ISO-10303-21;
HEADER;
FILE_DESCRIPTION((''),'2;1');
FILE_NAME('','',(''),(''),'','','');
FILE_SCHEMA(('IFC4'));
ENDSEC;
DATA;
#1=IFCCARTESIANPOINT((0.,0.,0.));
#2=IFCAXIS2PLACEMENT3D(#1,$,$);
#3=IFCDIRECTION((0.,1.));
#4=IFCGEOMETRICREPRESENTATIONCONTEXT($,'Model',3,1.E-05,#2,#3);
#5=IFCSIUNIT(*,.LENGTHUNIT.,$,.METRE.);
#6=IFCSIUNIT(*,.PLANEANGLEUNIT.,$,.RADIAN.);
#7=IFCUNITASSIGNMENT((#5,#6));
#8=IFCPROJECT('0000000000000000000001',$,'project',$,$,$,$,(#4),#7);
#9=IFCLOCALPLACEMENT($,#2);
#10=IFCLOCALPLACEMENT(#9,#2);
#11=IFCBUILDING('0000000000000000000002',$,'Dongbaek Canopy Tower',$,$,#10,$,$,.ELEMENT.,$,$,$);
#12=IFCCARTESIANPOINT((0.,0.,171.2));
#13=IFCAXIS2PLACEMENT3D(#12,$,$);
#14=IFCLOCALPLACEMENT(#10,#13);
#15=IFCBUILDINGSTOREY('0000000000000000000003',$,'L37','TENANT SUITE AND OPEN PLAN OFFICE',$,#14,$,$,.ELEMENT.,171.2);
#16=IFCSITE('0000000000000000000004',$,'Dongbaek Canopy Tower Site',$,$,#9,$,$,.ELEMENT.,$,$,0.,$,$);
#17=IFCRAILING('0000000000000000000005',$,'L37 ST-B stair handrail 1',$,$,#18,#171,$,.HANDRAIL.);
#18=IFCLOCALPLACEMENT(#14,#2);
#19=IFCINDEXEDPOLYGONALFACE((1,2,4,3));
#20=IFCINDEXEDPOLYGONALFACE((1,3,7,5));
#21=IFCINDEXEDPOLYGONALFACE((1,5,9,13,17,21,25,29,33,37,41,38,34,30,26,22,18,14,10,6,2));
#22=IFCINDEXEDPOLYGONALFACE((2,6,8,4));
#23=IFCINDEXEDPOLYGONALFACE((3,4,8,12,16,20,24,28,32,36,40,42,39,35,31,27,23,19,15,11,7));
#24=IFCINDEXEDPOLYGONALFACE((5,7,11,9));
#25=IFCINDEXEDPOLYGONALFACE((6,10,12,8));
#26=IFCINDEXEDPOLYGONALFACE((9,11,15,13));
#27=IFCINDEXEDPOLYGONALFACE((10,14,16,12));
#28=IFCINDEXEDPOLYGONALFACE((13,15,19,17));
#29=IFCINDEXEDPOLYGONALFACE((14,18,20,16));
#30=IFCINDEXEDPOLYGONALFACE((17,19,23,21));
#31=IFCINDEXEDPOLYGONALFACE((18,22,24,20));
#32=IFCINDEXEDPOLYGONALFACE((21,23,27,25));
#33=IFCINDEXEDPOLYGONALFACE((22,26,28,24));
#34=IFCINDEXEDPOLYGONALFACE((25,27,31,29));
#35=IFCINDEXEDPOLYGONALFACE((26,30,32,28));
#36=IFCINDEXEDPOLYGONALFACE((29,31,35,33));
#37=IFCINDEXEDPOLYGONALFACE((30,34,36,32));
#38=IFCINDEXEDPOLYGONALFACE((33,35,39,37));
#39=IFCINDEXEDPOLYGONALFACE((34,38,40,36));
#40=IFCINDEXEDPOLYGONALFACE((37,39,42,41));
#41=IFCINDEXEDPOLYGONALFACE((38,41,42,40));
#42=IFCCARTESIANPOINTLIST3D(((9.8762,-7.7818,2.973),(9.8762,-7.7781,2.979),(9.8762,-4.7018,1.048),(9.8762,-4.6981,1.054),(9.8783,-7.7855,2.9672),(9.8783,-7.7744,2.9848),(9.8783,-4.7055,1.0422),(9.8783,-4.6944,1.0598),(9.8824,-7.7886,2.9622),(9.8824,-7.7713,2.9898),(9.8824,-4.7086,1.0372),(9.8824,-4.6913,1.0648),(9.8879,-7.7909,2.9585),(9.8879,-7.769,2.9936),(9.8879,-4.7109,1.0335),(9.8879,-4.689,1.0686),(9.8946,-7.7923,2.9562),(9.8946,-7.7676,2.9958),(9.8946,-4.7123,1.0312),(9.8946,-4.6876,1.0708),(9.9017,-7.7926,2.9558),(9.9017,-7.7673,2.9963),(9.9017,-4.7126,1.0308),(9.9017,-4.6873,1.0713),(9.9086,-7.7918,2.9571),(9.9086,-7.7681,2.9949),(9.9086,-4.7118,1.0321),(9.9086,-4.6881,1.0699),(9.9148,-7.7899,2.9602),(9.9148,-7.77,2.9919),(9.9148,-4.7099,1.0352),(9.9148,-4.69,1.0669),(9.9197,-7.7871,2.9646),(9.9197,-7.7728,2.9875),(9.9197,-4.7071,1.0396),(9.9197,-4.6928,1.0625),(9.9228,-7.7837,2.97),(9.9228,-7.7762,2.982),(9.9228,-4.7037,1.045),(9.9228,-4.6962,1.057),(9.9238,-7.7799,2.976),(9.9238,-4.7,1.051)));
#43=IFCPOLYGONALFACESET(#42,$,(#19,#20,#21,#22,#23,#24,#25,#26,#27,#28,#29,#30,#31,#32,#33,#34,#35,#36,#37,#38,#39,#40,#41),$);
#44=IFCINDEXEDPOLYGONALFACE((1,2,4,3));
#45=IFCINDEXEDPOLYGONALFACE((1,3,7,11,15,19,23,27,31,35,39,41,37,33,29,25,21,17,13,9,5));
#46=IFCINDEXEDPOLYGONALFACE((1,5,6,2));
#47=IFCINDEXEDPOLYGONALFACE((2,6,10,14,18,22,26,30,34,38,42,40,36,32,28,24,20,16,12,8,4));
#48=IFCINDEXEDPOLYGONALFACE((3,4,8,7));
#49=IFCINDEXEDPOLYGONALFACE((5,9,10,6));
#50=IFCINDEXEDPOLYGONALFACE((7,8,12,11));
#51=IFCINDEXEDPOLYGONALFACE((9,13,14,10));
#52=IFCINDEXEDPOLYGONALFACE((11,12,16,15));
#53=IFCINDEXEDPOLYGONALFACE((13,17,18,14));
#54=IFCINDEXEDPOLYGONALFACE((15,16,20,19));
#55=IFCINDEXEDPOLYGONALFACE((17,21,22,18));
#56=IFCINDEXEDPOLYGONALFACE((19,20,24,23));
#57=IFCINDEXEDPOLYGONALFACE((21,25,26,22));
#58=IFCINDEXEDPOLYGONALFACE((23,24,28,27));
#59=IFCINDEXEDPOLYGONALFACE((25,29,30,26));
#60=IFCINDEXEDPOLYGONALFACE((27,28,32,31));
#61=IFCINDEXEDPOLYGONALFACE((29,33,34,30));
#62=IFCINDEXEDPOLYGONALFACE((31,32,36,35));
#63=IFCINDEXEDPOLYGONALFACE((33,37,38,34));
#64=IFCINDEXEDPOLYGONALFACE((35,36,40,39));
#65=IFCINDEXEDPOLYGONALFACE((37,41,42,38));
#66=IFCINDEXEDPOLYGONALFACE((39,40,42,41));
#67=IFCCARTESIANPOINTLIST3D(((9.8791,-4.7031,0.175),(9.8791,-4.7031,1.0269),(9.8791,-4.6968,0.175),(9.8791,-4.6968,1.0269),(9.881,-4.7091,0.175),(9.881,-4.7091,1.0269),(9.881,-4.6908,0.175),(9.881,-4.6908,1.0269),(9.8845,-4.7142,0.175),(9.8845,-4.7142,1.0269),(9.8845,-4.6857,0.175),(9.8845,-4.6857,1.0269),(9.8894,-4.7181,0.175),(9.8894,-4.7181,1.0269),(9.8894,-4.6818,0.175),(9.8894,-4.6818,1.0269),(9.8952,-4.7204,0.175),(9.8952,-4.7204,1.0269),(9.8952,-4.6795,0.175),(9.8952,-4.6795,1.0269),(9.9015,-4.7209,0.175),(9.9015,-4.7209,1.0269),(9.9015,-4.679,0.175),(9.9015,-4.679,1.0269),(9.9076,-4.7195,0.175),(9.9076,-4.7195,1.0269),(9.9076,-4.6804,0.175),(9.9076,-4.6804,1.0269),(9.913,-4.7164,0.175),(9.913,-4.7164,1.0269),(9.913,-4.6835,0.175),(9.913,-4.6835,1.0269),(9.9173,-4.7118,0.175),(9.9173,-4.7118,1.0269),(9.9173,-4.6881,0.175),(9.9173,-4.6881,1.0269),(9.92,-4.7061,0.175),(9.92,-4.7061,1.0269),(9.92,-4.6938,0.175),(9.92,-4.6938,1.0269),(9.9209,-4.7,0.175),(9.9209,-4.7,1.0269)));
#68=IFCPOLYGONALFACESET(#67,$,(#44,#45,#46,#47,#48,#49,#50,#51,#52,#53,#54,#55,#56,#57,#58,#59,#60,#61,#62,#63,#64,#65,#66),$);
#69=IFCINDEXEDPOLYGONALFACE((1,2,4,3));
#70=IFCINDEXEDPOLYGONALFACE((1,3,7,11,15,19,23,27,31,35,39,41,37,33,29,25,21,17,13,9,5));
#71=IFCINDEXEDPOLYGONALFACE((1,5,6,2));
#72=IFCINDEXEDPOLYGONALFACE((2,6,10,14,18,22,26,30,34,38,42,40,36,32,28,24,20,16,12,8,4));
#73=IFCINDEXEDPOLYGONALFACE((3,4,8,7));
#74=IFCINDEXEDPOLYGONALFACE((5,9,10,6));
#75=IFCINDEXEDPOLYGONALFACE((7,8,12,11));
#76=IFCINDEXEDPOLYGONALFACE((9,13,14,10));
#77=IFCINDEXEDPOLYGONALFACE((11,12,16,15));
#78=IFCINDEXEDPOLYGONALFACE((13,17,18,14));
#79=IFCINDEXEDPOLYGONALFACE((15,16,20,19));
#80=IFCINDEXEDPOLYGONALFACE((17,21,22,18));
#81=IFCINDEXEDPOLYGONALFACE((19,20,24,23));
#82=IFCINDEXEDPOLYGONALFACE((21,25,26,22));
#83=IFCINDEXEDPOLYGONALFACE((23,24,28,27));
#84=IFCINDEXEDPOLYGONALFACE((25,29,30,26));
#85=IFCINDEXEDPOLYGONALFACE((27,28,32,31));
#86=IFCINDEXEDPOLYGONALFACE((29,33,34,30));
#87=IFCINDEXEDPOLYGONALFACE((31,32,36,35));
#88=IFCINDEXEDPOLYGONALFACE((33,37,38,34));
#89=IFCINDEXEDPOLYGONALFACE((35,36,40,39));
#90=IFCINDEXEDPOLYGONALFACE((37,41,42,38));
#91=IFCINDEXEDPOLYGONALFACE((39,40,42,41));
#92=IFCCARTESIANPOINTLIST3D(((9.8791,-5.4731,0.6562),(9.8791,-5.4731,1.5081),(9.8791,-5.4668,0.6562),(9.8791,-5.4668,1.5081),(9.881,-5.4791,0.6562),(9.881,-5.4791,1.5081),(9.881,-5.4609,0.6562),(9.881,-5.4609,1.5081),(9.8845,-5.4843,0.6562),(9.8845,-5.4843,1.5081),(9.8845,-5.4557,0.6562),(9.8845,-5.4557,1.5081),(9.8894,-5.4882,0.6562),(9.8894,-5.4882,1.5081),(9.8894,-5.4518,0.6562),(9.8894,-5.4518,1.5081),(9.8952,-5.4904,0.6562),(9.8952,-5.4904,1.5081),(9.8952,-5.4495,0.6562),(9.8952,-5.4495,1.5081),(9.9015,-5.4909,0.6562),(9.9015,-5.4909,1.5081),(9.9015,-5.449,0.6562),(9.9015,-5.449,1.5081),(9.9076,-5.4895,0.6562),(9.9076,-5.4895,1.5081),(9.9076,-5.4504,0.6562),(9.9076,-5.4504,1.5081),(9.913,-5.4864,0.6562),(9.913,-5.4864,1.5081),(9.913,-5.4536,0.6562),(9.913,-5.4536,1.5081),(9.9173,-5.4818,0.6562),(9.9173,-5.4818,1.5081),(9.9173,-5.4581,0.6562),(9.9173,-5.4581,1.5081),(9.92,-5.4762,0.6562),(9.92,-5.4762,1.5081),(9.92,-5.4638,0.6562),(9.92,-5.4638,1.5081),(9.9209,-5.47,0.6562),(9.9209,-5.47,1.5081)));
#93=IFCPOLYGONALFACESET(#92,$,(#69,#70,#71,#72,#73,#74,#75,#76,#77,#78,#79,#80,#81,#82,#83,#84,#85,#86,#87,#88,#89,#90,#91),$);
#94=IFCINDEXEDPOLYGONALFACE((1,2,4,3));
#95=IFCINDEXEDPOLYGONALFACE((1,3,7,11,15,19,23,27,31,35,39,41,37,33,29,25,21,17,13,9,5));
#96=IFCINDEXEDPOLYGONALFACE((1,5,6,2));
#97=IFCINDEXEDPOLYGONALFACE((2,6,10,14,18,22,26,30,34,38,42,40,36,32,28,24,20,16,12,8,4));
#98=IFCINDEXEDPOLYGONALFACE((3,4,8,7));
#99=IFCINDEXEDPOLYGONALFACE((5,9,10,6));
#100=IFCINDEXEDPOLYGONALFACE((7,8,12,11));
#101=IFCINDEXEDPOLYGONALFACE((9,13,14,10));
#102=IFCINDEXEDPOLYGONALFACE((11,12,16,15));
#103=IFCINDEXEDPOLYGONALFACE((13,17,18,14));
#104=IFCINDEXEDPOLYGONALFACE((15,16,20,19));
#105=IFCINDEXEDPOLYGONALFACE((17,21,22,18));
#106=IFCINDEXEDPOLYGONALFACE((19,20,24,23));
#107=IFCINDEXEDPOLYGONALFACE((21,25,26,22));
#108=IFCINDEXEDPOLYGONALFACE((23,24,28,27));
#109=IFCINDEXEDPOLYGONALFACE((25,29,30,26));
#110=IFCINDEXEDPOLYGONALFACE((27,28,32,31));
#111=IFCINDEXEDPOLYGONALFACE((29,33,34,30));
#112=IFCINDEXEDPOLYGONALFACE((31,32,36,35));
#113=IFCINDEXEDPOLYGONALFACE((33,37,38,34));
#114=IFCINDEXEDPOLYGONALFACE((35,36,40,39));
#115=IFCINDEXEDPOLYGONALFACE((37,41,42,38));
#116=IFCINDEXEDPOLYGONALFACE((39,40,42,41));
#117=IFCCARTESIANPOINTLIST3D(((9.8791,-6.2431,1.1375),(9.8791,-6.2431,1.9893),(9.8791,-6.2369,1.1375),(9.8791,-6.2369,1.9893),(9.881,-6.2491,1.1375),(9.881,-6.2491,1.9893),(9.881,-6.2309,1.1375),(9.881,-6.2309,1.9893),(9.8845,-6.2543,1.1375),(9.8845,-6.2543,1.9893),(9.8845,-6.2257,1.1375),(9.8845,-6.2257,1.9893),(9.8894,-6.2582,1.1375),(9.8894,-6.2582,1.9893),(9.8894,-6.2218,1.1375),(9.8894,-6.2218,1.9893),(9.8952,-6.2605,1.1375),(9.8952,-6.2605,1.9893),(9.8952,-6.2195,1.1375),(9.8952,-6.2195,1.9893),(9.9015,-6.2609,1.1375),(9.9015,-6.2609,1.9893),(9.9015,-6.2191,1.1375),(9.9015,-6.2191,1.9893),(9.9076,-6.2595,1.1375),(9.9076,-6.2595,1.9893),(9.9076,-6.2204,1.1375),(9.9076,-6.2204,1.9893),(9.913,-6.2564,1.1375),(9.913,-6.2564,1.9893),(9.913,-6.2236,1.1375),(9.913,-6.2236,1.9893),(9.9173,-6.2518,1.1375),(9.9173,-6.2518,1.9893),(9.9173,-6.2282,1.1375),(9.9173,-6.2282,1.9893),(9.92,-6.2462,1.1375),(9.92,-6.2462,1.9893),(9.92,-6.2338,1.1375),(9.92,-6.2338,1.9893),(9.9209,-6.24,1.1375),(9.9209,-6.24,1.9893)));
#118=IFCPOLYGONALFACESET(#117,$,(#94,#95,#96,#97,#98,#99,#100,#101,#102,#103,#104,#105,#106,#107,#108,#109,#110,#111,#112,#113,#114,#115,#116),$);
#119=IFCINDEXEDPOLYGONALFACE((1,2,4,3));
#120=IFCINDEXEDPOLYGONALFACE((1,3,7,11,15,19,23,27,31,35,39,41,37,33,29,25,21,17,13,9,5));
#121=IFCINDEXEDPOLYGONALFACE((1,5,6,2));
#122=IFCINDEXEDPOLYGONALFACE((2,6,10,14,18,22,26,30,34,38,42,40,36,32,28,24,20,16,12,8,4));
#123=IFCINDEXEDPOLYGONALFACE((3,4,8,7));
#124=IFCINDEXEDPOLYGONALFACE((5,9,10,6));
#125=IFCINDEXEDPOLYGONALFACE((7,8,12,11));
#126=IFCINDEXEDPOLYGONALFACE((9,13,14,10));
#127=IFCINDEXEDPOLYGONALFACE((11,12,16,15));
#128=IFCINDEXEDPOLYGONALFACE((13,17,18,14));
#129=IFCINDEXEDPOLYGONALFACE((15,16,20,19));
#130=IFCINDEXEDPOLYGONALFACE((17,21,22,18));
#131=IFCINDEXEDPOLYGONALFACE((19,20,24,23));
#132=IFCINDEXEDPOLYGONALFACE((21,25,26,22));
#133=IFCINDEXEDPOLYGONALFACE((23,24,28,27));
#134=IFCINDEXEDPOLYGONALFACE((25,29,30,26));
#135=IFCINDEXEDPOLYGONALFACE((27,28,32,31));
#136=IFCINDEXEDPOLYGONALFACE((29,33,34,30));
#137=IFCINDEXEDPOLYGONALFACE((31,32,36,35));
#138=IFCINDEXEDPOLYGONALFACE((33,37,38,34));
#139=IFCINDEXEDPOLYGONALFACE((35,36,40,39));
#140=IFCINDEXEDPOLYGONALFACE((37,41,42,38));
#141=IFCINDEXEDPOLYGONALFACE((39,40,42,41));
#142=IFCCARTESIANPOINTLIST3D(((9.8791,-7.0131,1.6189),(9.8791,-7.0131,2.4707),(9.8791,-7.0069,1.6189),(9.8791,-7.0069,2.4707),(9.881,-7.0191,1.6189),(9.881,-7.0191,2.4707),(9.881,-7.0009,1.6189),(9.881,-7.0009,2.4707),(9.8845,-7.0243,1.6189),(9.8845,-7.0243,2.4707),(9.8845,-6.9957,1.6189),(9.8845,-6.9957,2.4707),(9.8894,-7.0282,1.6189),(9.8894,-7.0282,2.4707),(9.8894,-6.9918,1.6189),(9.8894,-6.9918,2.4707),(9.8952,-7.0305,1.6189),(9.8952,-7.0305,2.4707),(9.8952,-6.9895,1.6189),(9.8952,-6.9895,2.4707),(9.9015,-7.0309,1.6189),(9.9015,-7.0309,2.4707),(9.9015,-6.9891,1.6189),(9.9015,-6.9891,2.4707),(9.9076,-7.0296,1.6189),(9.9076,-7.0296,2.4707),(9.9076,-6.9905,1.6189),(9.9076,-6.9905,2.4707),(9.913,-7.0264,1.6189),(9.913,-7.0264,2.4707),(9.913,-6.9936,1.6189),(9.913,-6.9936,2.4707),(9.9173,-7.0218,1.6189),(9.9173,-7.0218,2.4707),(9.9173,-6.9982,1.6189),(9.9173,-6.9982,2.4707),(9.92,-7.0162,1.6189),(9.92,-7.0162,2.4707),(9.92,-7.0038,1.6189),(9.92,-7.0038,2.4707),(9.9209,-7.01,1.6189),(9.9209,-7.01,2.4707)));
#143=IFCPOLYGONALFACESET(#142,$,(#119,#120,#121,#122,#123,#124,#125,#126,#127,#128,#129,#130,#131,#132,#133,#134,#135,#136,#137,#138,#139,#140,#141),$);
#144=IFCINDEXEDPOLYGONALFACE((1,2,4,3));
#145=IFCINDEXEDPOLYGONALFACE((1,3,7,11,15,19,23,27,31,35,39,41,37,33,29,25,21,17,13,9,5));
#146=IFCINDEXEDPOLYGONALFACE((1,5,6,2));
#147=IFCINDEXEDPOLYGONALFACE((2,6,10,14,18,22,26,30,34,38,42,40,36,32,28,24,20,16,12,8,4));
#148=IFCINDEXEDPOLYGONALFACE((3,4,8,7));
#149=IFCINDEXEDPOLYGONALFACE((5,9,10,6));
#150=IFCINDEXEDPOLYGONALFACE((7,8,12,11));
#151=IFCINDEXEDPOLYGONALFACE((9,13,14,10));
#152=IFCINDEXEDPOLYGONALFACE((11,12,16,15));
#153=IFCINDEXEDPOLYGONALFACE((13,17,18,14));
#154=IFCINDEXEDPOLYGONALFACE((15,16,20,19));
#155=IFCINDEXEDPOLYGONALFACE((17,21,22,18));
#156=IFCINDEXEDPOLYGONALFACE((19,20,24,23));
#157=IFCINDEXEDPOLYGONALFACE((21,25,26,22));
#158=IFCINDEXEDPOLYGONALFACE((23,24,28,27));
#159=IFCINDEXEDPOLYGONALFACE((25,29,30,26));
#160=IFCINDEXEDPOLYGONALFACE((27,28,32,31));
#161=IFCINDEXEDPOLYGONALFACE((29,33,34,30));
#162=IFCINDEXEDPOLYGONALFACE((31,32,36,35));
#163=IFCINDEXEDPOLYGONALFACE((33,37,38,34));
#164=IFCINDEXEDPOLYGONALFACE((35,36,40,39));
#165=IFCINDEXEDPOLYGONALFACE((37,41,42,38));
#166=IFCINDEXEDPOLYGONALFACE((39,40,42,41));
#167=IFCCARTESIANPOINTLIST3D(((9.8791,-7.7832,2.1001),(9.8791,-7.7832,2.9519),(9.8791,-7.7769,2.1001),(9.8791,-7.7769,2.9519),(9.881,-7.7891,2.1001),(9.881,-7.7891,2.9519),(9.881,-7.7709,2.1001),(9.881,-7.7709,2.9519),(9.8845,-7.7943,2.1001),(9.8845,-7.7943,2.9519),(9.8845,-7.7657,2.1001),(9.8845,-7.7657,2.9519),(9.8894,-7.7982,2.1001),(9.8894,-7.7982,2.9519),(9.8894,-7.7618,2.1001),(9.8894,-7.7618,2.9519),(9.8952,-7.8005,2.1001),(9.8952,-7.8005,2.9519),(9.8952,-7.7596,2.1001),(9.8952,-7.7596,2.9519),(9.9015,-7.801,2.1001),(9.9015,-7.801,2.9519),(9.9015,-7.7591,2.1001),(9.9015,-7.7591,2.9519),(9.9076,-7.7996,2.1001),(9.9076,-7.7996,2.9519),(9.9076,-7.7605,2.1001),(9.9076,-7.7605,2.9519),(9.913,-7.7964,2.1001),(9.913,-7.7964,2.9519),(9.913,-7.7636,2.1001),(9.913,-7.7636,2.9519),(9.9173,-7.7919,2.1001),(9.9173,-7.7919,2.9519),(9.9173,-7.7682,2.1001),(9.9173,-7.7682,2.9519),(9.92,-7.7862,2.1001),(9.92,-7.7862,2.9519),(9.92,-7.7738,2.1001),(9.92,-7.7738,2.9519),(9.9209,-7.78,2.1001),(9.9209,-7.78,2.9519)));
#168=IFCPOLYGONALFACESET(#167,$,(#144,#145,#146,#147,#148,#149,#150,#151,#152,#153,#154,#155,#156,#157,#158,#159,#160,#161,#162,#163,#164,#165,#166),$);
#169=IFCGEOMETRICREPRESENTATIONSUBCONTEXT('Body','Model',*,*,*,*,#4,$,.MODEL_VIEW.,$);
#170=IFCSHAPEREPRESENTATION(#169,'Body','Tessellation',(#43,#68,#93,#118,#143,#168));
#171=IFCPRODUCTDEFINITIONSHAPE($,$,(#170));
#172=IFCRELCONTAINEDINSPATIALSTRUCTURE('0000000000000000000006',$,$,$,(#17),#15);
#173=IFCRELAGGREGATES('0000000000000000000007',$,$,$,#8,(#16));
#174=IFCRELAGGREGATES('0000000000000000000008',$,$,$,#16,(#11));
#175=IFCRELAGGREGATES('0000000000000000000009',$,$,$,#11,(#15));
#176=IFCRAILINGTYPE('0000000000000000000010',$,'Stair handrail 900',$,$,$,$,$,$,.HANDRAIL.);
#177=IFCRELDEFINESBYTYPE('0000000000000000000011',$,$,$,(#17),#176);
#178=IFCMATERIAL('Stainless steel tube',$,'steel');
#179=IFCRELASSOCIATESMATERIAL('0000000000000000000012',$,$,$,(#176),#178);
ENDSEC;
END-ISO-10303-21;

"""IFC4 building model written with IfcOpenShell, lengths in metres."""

from ifc_helpers import new_model, si_unit, direction, frame, origin, origin_2d, place, context, subcontext, project, spatial, circle, extrude, material, type_object, element, save


model = new_model("IFC4")

# Units and contexts
model_context = context("Model", 3, precision=1e-05, world=origin(), true_north=direction((0.0, 1.0)))
body_context = subcontext(model_context, "Body", "Model", "MODEL_VIEW")
ifc_project = project(units=[si_unit("LENGTHUNIT", "METRE"), si_unit("PLANEANGLEUNIT", "RADIAN")], contexts=[model_context])

# Site, building, storey
site_placement = place(None, origin())
site = spatial("IfcSite", under=ifc_project, at=site_placement, Name="Dongbaek Canopy Tower Site", CompositionType="ELEMENT", RefElevation=0.0)
building_placement = place(site_placement, origin())
building = spatial("IfcBuilding", under=site, at=building_placement, Name="Dongbaek Canopy Tower", CompositionType="ELEMENT")
storey_placement = place(building_placement, frame((0.0, 0.0, 171.2)))
storey = spatial("IfcBuildingStorey", under=building, at=storey_placement, Name="L37", Description="TENANT SUITE AND OPEN PLAN OFFICE", CompositionType="ELEMENT", Elevation=171.2)

# Railing
ifc_material_1 = material(Name="Stainless steel tube", Category="steel")
railing_type_1 = type_object("IfcRailingType", Name="Stair handrail 900", PredefinedType="HANDRAIL", material=ifc_material_1)
railing_1_placement = place(storey_placement, frame((9.8999, -4.7, 0.175)))
element("IfcRailing", 1, at=railing_1_placement, inside=storey, type_object=railing_type_1, Name="L37 ST-B stair handrail 1", PredefinedType="HANDRAIL", context=body_context, shape_type="SweptSolid", body=[
    extrude(circle(Radius=0.0239, at=origin_2d()), frame((0.0, 0.0, 0.876), z_axis=(0.0, -0.847998, 0.529999), x_axis=(1.0, 0.0, 0.0)), (0.0, 0.0, 1.0), 3.6321),
    extrude(circle(Radius=0.021, at=origin_2d()), origin(), (0.0, 0.0, 1.0), 0.8518),
    extrude(circle(Radius=0.021, at=origin_2d()), frame((0.0, -0.77, 0.4812)), (0.0, 0.0, 1.0), 0.8518),
    extrude(circle(Radius=0.021, at=origin_2d()), frame((0.0, -1.54, 0.9624)), (0.0, 0.0, 1.0), 0.8518),
    extrude(circle(Radius=0.021, at=origin_2d()), frame((0.0, -2.3101, 1.4438)), (0.0, 0.0, 1.0), 0.8518),
    extrude(circle(Radius=0.021, at=origin_2d()), frame((0.0, -3.0801, 1.925)), (0.0, 0.0, 1.0), 0.8518),
])

save(model, "model.ifc")
